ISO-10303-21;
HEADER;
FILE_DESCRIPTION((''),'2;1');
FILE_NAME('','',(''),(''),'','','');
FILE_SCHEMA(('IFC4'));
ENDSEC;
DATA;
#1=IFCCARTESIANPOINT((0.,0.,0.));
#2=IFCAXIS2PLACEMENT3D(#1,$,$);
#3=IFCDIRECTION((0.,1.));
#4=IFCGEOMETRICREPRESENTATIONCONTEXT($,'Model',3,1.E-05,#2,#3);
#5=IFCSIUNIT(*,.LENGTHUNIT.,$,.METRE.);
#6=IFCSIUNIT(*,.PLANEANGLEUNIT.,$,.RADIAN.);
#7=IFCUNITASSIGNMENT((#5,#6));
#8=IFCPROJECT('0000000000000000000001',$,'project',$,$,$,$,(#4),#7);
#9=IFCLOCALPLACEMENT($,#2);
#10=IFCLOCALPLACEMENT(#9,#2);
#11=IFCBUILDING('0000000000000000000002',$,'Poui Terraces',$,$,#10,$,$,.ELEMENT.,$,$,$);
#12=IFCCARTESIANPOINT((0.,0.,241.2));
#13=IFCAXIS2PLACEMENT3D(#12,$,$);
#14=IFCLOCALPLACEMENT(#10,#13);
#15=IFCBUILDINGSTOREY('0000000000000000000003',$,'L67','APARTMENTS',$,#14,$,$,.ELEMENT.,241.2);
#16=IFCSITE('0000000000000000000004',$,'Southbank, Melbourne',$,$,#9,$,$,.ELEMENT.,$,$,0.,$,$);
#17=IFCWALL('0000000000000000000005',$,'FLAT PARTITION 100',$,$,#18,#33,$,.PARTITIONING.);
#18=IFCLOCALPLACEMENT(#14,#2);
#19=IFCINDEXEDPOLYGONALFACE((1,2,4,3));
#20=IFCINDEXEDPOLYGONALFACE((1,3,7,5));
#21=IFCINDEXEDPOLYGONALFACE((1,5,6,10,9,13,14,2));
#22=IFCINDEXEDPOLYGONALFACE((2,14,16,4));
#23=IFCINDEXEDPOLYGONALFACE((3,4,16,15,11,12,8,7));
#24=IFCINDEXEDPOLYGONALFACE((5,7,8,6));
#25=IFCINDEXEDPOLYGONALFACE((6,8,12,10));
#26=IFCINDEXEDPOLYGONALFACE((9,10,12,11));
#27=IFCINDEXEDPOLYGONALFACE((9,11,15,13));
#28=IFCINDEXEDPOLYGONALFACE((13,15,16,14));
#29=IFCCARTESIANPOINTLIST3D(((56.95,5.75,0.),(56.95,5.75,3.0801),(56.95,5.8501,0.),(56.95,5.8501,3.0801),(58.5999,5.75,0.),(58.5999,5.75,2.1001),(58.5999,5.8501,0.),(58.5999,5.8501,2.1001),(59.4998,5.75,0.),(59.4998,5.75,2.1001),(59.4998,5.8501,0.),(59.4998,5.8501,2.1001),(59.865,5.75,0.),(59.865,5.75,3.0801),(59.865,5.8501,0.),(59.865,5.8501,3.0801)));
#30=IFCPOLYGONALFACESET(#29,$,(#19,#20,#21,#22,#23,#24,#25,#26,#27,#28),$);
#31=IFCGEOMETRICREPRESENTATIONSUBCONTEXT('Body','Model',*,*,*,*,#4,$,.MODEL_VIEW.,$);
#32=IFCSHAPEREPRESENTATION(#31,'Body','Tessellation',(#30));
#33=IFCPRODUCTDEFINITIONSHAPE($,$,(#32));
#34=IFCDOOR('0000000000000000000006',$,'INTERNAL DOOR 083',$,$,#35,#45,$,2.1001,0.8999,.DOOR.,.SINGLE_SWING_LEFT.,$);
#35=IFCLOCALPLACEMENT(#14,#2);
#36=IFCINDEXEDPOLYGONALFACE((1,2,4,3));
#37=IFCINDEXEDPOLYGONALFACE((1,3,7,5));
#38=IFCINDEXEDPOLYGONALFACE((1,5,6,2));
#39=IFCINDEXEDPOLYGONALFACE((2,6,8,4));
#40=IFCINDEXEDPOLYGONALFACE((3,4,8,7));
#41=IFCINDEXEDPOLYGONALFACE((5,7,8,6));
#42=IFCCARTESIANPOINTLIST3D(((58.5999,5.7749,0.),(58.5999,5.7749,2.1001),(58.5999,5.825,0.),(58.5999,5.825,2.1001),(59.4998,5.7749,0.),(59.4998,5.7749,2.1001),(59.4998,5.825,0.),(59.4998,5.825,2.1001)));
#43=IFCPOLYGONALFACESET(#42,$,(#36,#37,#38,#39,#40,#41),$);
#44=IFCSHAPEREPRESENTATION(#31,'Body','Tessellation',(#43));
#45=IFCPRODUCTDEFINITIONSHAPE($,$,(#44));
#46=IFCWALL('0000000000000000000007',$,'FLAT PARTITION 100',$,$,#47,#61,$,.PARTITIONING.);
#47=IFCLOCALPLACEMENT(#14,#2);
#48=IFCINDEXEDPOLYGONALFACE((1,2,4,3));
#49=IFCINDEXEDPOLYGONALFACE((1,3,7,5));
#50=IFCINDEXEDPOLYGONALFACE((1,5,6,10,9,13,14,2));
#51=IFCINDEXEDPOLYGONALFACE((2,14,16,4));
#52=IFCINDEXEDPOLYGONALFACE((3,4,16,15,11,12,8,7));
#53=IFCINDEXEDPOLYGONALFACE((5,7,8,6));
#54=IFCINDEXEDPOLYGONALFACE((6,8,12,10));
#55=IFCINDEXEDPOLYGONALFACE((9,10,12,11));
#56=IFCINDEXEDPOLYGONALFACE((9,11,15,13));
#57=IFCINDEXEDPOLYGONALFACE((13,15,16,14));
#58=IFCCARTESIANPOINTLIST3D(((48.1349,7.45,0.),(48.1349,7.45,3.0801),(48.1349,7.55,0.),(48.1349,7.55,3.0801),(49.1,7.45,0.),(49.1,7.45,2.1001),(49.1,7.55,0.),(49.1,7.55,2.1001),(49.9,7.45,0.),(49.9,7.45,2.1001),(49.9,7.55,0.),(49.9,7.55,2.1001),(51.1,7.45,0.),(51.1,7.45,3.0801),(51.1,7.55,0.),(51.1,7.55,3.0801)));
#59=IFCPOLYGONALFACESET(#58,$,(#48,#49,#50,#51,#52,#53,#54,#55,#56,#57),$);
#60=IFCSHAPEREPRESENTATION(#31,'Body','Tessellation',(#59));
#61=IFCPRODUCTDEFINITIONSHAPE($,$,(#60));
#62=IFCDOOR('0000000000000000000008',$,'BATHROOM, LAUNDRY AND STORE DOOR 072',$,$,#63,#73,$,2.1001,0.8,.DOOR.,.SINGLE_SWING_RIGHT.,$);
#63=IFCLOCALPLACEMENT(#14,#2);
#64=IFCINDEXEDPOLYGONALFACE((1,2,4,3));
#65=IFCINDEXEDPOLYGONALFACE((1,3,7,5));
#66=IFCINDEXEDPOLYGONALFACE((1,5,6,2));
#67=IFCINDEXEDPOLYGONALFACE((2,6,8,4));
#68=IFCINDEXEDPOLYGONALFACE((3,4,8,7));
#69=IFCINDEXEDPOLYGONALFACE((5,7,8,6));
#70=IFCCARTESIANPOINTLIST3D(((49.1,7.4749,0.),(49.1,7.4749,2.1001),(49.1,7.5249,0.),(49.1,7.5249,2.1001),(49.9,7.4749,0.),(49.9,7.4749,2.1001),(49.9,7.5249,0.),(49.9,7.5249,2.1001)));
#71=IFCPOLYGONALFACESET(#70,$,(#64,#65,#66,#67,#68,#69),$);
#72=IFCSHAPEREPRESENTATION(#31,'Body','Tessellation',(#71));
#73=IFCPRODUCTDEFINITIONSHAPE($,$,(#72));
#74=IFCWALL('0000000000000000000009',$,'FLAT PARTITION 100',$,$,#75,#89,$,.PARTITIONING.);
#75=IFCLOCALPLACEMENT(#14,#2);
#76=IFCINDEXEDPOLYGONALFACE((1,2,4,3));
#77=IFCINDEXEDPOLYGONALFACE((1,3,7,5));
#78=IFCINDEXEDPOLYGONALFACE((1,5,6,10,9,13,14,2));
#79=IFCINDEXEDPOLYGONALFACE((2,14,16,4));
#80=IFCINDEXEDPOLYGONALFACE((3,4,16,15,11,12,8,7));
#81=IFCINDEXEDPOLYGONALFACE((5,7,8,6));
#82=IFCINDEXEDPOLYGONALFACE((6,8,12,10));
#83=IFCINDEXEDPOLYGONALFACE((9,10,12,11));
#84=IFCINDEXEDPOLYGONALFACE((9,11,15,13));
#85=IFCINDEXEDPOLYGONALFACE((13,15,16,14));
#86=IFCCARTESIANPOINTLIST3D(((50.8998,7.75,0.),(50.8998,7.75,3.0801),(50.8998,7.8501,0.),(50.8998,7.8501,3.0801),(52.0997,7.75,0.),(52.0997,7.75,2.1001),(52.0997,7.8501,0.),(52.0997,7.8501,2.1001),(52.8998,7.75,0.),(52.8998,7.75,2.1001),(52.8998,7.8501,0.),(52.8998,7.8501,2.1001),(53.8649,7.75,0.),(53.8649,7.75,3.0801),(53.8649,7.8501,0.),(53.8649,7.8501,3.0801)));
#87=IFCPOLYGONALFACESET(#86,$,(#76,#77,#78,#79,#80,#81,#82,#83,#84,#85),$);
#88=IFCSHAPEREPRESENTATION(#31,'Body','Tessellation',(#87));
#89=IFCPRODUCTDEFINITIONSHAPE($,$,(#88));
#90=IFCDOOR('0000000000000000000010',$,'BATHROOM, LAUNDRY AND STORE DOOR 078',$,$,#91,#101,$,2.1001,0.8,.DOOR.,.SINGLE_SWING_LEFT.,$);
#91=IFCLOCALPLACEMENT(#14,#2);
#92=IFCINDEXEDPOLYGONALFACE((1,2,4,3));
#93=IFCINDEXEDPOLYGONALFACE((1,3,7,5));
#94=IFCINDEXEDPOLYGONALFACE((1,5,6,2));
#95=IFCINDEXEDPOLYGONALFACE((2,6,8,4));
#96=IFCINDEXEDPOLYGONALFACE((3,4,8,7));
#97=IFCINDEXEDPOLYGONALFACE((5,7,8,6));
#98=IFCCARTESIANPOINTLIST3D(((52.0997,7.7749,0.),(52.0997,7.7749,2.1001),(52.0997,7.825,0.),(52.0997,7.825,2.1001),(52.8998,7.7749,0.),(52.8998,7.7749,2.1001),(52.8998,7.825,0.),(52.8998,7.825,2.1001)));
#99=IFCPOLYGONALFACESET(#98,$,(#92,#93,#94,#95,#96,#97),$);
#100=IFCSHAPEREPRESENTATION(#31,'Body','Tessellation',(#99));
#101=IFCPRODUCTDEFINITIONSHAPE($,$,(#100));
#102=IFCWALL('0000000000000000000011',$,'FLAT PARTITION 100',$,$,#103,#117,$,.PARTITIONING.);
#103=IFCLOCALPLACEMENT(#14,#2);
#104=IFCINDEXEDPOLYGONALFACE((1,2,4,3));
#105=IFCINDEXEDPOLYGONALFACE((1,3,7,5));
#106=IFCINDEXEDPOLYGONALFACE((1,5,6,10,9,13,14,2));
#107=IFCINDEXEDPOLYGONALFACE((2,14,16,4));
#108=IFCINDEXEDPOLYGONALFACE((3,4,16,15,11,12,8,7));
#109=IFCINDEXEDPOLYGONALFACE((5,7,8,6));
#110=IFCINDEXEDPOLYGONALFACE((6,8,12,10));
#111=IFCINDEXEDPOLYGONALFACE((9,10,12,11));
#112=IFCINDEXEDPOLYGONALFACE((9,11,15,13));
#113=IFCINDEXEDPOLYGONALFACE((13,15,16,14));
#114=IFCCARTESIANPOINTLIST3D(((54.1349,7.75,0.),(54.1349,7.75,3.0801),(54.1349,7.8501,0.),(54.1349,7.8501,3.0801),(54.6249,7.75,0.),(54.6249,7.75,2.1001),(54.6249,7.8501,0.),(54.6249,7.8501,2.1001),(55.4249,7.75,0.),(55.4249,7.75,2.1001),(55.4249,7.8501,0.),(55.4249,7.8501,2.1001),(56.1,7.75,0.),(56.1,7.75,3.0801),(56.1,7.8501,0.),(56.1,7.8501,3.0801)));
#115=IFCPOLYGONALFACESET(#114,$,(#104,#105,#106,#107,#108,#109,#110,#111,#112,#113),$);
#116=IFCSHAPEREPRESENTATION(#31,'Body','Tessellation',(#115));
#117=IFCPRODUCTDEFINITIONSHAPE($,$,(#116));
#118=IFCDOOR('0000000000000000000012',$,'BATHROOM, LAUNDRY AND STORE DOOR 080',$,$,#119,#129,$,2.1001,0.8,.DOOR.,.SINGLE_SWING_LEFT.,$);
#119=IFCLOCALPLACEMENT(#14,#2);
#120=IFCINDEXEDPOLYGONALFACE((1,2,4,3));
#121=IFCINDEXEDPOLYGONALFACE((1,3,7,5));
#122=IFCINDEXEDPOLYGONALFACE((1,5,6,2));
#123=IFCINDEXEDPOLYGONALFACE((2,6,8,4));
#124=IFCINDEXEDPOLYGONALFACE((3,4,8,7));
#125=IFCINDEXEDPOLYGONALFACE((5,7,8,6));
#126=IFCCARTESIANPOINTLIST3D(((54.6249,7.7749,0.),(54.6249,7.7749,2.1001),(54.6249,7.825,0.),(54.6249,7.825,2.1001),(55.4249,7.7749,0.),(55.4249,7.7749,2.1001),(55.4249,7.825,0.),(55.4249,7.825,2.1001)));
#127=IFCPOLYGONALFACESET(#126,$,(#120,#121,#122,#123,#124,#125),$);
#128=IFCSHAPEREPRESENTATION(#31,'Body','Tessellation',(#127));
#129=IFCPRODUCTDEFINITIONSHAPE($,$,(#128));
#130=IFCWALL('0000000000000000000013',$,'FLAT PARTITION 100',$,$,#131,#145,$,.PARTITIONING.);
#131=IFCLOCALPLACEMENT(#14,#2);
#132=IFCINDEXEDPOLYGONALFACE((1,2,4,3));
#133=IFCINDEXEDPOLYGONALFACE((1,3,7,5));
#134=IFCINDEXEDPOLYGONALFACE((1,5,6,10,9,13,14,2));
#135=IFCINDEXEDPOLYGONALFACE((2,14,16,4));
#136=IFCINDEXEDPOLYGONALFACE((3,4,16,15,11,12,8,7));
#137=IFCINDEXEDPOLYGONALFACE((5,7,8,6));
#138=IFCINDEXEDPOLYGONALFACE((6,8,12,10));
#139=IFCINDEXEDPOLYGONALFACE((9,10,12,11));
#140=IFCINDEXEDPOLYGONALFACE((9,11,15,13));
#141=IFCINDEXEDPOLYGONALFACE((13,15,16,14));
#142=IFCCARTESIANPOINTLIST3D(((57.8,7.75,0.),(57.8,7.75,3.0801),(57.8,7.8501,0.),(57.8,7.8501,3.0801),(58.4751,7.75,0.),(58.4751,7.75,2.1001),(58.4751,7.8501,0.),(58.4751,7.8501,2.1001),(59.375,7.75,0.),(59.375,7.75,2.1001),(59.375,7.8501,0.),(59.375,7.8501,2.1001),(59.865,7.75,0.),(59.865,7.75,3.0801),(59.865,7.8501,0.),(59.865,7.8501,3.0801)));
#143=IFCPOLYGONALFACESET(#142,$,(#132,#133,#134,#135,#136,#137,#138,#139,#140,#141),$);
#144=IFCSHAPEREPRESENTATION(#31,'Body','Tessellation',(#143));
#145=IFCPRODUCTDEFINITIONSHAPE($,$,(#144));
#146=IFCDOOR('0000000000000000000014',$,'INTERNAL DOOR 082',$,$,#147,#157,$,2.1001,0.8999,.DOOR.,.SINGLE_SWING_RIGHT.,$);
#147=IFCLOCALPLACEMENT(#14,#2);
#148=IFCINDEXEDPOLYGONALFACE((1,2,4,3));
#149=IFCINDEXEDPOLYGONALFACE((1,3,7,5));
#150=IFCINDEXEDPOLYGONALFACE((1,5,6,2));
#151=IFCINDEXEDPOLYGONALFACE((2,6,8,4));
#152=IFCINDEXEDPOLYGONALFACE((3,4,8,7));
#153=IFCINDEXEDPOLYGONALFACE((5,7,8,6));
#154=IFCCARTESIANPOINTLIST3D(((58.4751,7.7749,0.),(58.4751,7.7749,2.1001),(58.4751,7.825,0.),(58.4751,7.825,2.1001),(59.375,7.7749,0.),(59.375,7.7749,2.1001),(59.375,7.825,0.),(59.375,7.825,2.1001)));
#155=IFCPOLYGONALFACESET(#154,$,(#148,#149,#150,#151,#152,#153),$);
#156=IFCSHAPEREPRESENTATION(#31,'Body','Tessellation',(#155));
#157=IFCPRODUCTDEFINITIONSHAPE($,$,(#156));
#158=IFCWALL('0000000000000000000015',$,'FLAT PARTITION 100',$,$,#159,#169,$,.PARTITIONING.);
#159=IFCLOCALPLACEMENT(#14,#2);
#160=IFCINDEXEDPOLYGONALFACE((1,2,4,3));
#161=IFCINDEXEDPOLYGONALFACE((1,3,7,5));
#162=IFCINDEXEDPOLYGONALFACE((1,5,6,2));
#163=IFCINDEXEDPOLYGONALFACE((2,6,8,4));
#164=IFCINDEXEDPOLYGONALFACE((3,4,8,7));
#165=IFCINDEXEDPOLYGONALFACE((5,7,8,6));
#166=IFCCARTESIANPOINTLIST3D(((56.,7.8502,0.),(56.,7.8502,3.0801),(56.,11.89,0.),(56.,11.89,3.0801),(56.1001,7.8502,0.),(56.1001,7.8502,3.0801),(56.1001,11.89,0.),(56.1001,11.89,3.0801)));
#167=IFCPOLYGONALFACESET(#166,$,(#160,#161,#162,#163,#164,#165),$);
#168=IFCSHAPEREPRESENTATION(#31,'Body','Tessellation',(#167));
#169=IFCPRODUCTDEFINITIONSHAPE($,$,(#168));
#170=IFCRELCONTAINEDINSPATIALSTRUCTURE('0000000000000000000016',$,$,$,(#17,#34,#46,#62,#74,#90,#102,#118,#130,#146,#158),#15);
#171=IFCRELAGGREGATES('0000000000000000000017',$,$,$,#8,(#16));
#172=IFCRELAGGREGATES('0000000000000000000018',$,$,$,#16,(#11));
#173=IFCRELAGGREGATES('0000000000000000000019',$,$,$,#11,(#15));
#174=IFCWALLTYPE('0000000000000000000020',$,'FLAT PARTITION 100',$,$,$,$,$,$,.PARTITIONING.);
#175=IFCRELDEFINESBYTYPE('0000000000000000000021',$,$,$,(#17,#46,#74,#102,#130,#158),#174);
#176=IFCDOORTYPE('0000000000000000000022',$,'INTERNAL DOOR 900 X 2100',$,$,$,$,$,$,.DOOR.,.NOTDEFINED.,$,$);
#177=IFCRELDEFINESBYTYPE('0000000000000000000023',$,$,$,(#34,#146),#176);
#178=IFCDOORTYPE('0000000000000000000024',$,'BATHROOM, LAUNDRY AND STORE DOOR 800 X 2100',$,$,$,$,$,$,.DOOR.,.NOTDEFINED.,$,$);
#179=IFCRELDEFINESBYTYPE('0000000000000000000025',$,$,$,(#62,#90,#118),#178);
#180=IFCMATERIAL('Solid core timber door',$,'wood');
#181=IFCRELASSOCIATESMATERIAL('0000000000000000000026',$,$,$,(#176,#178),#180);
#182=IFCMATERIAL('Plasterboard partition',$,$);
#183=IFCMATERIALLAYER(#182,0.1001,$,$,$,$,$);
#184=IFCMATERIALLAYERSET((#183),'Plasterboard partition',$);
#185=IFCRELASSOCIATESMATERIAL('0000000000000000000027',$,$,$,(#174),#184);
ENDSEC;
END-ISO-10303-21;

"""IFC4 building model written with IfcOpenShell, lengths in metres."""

from ifc_helpers import new_model, si_unit, direction, frame, frame_2d, origin, place, context, subcontext, project, spatial, rectangle, extrude, material, layer, layer_set, type_object, element, fill, save


model = new_model("IFC4")

# Units and contexts
model_context = context("Model", 3, precision=1e-05, world=origin(), true_north=direction((0.0, 1.0)))
body_context = subcontext(model_context, "Body", "Model", "MODEL_VIEW")
ifc_project = project(units=[si_unit("LENGTHUNIT", "METRE"), si_unit("PLANEANGLEUNIT", "RADIAN")], contexts=[model_context])

# Site, building, storey
site_placement = place(None, origin())
site = spatial("IfcSite", under=ifc_project, at=site_placement, Name="Southbank, Melbourne", CompositionType="ELEMENT", RefElevation=0.0)
building_placement = place(site_placement, origin())
building = spatial("IfcBuilding", under=site, at=building_placement, Name="Poui Terraces", CompositionType="ELEMENT")
storey_placement = place(building_placement, frame((0.0, 0.0, 241.2)))
storey = spatial("IfcBuildingStorey", under=building, at=storey_placement, Name="L67", Description="APARTMENTS", CompositionType="ELEMENT", Elevation=241.2)

# Walls, openings, doors
ifc_material_1 = material(Name="Solid core timber door", Category="wood")
door_type_1 = type_object("IfcDoorType", Name="INTERNAL DOOR 900 X 2100", OperationType="NOTDEFINED", PredefinedType="DOOR", material=ifc_material_1)
ifc_material_2 = material(Name="Plasterboard partition")
ifc_layer_1 = layer(ifc_material_2, 0.1001)
ifc_layer_set_1 = layer_set([ifc_layer_1], Name="Plasterboard partition")
wall_type_1 = type_object("IfcWallType", Name="FLAT PARTITION 100", PredefinedType="PARTITIONING", material=ifc_layer_set_1)
wall_1_placement = place(storey_placement, frame((56.95, 5.8, 0.0), z_axis=(0.0, 0.0, 1.0), x_axis=(1.0, 0.0, 0.0)))
wall_1 = element("IfcWall", 1, at=wall_1_placement, inside=storey, type_object=wall_type_1, Name="FLAT PARTITION 100", PredefinedType="PARTITIONING", context=body_context, shape_type="SweptSolid", body=[
    extrude(rectangle(XDim=2.915, YDim=0.1001, at=frame_2d((1.4575, 0.0))), origin(), (0.0, 0.0, 1.0), 3.0801),
])
opening_1_placement = place(wall_1_placement, frame((1.6499, 0.0, 0.0)))
opening_1 = element("IfcOpeningElement", 2, at=opening_1_placement, cuts=wall_1, PredefinedType="OPENING", context=body_context, shape_type="SweptSolid", body=[
    extrude(rectangle(XDim=0.8999, YDim=2.1001, at=frame_2d((0.45, 1.05))), frame((0.0, 0.0601, 0.0), z_axis=(0.0, -1.0, 0.0), x_axis=(1.0, 0.0, 0.0)), (0.0, 0.0, 1.0), 0.1201),
])
door_1_placement = place(opening_1_placement, origin())
door_1 = element("IfcDoor", 3, at=door_1_placement, inside=storey, type_object=door_type_1, Name="INTERNAL DOOR 083", OperationType="SINGLE_SWING_LEFT", OverallHeight=2.1001, OverallWidth=0.8999, PredefinedType="DOOR", context=body_context, shape_type="SweptSolid", body=[
    extrude(rectangle(XDim=0.8999, YDim=2.1001, at=frame_2d((0.45, 1.05))), frame((0.0, 0.0249, 0.0), z_axis=(0.0, -1.0, 0.0), x_axis=(1.0, 0.0, 0.0)), (0.0, 0.0, 1.0), 0.05),
])
fill(opening_1, door_1)
wall_2_placement = place(storey_placement, frame((48.135, 7.5, 0.0), z_axis=(0.0, 0.0, 1.0), x_axis=(1.0, 0.0, 0.0)))
wall_2 = element("IfcWall", 4, at=wall_2_placement, inside=storey, type_object=wall_type_1, Name="FLAT PARTITION 100", PredefinedType="PARTITIONING", context=body_context, shape_type="SweptSolid", body=[
    extrude(rectangle(XDim=2.9651, YDim=0.1001, at=frame_2d((1.4824, 0.0))), origin(), (0.0, 0.0, 1.0), 3.0801),
])
opening_2_placement = place(wall_2_placement, frame((0.9651, 0.0, 0.0)))
opening_2 = element("IfcOpeningElement", 5, at=opening_2_placement, cuts=wall_2, PredefinedType="OPENING", context=body_context, shape_type="SweptSolid", body=[
    extrude(rectangle(XDim=0.8, YDim=2.1001, at=frame_2d((0.3999, 1.05))), frame((0.0, 0.0601, 0.0), z_axis=(0.0, -1.0, 0.0), x_axis=(1.0, 0.0, 0.0)), (0.0, 0.0, 1.0), 0.1201),
])
door_type_2 = type_object("IfcDoorType", Name="BATHROOM, LAUNDRY AND STORE DOOR 800 X 2100", OperationType="NOTDEFINED", PredefinedType="DOOR", material=ifc_material_1)
door_2_placement = place(opening_2_placement, origin())
door_2 = element("IfcDoor", 6, at=door_2_placement, inside=storey, type_object=door_type_2, Name="BATHROOM, LAUNDRY AND STORE DOOR 072", OperationType="SINGLE_SWING_RIGHT", OverallHeight=2.1001, OverallWidth=0.8, PredefinedType="DOOR", context=body_context, shape_type="SweptSolid", body=[
    extrude(rectangle(XDim=0.8, YDim=2.1001, at=frame_2d((0.3999, 1.05))), frame((0.0, 0.0249, 0.0), z_axis=(0.0, -1.0, 0.0), x_axis=(1.0, 0.0, 0.0)), (0.0, 0.0, 1.0), 0.05),
])
fill(opening_2, door_2)
wall_3_placement = place(storey_placement, frame((50.8999, 7.8, 0.0), z_axis=(0.0, 0.0, 1.0), x_axis=(1.0, 0.0, 0.0)))
wall_3 = element("IfcWall", 7, at=wall_3_placement, inside=storey, type_object=wall_type_1, Name="FLAT PARTITION 100", PredefinedType="PARTITIONING", context=body_context, shape_type="SweptSolid", body=[
    extrude(rectangle(XDim=2.9651, YDim=0.1001, at=frame_2d((1.4824, 0.0))), origin(), (0.0, 0.0, 1.0), 3.0801),
])
opening_3_placement = place(wall_3_placement, frame((1.2, 0.0, 0.0)))
opening_3 = element("IfcOpeningElement", 8, at=opening_3_placement, cuts=wall_3, PredefinedType="OPENING", context=body_context, shape_type="SweptSolid", body=[
    extrude(rectangle(XDim=0.8, YDim=2.1001, at=frame_2d((0.3999, 1.05))), frame((0.0, 0.0601, 0.0), z_axis=(0.0, -1.0, 0.0), x_axis=(1.0, 0.0, 0.0)), (0.0, 0.0, 1.0), 0.1201),
])
door_3_placement = place(opening_3_placement, origin())
door_3 = element("IfcDoor", 9, at=door_3_placement, inside=storey, type_object=door_type_2, Name="BATHROOM, LAUNDRY AND STORE DOOR 078", OperationType="SINGLE_SWING_LEFT", OverallHeight=2.1001, OverallWidth=0.8, PredefinedType="DOOR", context=body_context, shape_type="SweptSolid", body=[
    extrude(rectangle(XDim=0.8, YDim=2.1001, at=frame_2d((0.3999, 1.05))), frame((0.0, 0.0249, 0.0), z_axis=(0.0, -1.0, 0.0), x_axis=(1.0, 0.0, 0.0)), (0.0, 0.0, 1.0), 0.05),
])
fill(opening_3, door_3)
wall_4_placement = place(storey_placement, frame((54.135, 7.8, 0.0), z_axis=(0.0, 0.0, 1.0), x_axis=(1.0, 0.0, 0.0)))
wall_4 = element("IfcWall", 10, at=wall_4_placement, inside=storey, type_object=wall_type_1, Name="FLAT PARTITION 100", PredefinedType="PARTITIONING", context=body_context, shape_type="SweptSolid", body=[
    extrude(rectangle(XDim=1.9651, YDim=0.1001, at=frame_2d((0.9824, 0.0))), origin(), (0.0, 0.0, 1.0), 3.0801),
])
opening_4_placement = place(wall_4_placement, frame((0.49, 0.0, 0.0)))
opening_4 = element("IfcOpeningElement", 11, at=opening_4_placement, cuts=wall_4, PredefinedType="OPENING", context=body_context, shape_type="SweptSolid", body=[
    extrude(rectangle(XDim=0.8, YDim=2.1001, at=frame_2d((0.3999, 1.05))), frame((0.0, 0.0601, 0.0), z_axis=(0.0, -1.0, 0.0), x_axis=(1.0, 0.0, 0.0)), (0.0, 0.0, 1.0), 0.1201),
])
door_4_placement = place(opening_4_placement, origin())
door_4 = element("IfcDoor", 12, at=door_4_placement, inside=storey, type_object=door_type_2, Name="BATHROOM, LAUNDRY AND STORE DOOR 080", OperationType="SINGLE_SWING_LEFT", OverallHeight=2.1001, OverallWidth=0.8, PredefinedType="DOOR", context=body_context, shape_type="SweptSolid", body=[
    extrude(rectangle(XDim=0.8, YDim=2.1001, at=frame_2d((0.3999, 1.05))), frame((0.0, 0.0249, 0.0), z_axis=(0.0, -1.0, 0.0), x_axis=(1.0, 0.0, 0.0)), (0.0, 0.0, 1.0), 0.05),
])
fill(opening_4, door_4)
wall_5_placement = place(storey_placement, frame((57.8, 7.8, 0.0), z_axis=(0.0, 0.0, 1.0), x_axis=(1.0, 0.0, 0.0)))
wall_5 = element("IfcWall", 13, at=wall_5_placement, inside=storey, type_object=wall_type_1, Name="FLAT PARTITION 100", PredefinedType="PARTITIONING", context=body_context, shape_type="SweptSolid", body=[
    extrude(rectangle(XDim=2.0649, YDim=0.1001, at=frame_2d((1.0325, 0.0))), origin(), (0.0, 0.0, 1.0), 3.0801),
])
opening_5_placement = place(wall_5_placement, frame((0.675, 0.0, 0.0)))
opening_5 = element("IfcOpeningElement", 14, at=opening_5_placement, cuts=wall_5, PredefinedType="OPENING", context=body_context, shape_type="SweptSolid", body=[
    extrude(rectangle(XDim=0.8999, YDim=2.1001, at=frame_2d((0.45, 1.05))), frame((0.0, 0.0601, 0.0), z_axis=(0.0, -1.0, 0.0), x_axis=(1.0, 0.0, 0.0)), (0.0, 0.0, 1.0), 0.1201),
])
door_5_placement = place(opening_5_placement, origin())
door_5 = element("IfcDoor", 15, at=door_5_placement, inside=storey, type_object=door_type_1, Name="INTERNAL DOOR 082", OperationType="SINGLE_SWING_RIGHT", OverallHeight=2.1001, OverallWidth=0.8999, PredefinedType="DOOR", context=body_context, shape_type="SweptSolid", body=[
    extrude(rectangle(XDim=0.8999, YDim=2.1001, at=frame_2d((0.45, 1.05))), frame((0.0, 0.0249, 0.0), z_axis=(0.0, -1.0, 0.0), x_axis=(1.0, 0.0, 0.0)), (0.0, 0.0, 1.0), 0.05),
])
fill(opening_5, door_5)

# Wall
wall_6_placement = place(storey_placement, frame((56.05, 7.8501, 0.0), z_axis=(0.0, 0.0, 1.0), x_axis=(0.0, 1.0, 0.0)))
element("IfcWall", 16, at=wall_6_placement, inside=storey, type_object=wall_type_1, Name="FLAT PARTITION 100", PredefinedType="PARTITIONING", context=body_context, shape_type="SweptSolid", body=[
    extrude(rectangle(XDim=4.0398, YDim=0.1001, at=frame_2d((2.02, 0.0))), origin(), (0.0, 0.0, 1.0), 3.0801),
])

save(model, "model.ifc")
